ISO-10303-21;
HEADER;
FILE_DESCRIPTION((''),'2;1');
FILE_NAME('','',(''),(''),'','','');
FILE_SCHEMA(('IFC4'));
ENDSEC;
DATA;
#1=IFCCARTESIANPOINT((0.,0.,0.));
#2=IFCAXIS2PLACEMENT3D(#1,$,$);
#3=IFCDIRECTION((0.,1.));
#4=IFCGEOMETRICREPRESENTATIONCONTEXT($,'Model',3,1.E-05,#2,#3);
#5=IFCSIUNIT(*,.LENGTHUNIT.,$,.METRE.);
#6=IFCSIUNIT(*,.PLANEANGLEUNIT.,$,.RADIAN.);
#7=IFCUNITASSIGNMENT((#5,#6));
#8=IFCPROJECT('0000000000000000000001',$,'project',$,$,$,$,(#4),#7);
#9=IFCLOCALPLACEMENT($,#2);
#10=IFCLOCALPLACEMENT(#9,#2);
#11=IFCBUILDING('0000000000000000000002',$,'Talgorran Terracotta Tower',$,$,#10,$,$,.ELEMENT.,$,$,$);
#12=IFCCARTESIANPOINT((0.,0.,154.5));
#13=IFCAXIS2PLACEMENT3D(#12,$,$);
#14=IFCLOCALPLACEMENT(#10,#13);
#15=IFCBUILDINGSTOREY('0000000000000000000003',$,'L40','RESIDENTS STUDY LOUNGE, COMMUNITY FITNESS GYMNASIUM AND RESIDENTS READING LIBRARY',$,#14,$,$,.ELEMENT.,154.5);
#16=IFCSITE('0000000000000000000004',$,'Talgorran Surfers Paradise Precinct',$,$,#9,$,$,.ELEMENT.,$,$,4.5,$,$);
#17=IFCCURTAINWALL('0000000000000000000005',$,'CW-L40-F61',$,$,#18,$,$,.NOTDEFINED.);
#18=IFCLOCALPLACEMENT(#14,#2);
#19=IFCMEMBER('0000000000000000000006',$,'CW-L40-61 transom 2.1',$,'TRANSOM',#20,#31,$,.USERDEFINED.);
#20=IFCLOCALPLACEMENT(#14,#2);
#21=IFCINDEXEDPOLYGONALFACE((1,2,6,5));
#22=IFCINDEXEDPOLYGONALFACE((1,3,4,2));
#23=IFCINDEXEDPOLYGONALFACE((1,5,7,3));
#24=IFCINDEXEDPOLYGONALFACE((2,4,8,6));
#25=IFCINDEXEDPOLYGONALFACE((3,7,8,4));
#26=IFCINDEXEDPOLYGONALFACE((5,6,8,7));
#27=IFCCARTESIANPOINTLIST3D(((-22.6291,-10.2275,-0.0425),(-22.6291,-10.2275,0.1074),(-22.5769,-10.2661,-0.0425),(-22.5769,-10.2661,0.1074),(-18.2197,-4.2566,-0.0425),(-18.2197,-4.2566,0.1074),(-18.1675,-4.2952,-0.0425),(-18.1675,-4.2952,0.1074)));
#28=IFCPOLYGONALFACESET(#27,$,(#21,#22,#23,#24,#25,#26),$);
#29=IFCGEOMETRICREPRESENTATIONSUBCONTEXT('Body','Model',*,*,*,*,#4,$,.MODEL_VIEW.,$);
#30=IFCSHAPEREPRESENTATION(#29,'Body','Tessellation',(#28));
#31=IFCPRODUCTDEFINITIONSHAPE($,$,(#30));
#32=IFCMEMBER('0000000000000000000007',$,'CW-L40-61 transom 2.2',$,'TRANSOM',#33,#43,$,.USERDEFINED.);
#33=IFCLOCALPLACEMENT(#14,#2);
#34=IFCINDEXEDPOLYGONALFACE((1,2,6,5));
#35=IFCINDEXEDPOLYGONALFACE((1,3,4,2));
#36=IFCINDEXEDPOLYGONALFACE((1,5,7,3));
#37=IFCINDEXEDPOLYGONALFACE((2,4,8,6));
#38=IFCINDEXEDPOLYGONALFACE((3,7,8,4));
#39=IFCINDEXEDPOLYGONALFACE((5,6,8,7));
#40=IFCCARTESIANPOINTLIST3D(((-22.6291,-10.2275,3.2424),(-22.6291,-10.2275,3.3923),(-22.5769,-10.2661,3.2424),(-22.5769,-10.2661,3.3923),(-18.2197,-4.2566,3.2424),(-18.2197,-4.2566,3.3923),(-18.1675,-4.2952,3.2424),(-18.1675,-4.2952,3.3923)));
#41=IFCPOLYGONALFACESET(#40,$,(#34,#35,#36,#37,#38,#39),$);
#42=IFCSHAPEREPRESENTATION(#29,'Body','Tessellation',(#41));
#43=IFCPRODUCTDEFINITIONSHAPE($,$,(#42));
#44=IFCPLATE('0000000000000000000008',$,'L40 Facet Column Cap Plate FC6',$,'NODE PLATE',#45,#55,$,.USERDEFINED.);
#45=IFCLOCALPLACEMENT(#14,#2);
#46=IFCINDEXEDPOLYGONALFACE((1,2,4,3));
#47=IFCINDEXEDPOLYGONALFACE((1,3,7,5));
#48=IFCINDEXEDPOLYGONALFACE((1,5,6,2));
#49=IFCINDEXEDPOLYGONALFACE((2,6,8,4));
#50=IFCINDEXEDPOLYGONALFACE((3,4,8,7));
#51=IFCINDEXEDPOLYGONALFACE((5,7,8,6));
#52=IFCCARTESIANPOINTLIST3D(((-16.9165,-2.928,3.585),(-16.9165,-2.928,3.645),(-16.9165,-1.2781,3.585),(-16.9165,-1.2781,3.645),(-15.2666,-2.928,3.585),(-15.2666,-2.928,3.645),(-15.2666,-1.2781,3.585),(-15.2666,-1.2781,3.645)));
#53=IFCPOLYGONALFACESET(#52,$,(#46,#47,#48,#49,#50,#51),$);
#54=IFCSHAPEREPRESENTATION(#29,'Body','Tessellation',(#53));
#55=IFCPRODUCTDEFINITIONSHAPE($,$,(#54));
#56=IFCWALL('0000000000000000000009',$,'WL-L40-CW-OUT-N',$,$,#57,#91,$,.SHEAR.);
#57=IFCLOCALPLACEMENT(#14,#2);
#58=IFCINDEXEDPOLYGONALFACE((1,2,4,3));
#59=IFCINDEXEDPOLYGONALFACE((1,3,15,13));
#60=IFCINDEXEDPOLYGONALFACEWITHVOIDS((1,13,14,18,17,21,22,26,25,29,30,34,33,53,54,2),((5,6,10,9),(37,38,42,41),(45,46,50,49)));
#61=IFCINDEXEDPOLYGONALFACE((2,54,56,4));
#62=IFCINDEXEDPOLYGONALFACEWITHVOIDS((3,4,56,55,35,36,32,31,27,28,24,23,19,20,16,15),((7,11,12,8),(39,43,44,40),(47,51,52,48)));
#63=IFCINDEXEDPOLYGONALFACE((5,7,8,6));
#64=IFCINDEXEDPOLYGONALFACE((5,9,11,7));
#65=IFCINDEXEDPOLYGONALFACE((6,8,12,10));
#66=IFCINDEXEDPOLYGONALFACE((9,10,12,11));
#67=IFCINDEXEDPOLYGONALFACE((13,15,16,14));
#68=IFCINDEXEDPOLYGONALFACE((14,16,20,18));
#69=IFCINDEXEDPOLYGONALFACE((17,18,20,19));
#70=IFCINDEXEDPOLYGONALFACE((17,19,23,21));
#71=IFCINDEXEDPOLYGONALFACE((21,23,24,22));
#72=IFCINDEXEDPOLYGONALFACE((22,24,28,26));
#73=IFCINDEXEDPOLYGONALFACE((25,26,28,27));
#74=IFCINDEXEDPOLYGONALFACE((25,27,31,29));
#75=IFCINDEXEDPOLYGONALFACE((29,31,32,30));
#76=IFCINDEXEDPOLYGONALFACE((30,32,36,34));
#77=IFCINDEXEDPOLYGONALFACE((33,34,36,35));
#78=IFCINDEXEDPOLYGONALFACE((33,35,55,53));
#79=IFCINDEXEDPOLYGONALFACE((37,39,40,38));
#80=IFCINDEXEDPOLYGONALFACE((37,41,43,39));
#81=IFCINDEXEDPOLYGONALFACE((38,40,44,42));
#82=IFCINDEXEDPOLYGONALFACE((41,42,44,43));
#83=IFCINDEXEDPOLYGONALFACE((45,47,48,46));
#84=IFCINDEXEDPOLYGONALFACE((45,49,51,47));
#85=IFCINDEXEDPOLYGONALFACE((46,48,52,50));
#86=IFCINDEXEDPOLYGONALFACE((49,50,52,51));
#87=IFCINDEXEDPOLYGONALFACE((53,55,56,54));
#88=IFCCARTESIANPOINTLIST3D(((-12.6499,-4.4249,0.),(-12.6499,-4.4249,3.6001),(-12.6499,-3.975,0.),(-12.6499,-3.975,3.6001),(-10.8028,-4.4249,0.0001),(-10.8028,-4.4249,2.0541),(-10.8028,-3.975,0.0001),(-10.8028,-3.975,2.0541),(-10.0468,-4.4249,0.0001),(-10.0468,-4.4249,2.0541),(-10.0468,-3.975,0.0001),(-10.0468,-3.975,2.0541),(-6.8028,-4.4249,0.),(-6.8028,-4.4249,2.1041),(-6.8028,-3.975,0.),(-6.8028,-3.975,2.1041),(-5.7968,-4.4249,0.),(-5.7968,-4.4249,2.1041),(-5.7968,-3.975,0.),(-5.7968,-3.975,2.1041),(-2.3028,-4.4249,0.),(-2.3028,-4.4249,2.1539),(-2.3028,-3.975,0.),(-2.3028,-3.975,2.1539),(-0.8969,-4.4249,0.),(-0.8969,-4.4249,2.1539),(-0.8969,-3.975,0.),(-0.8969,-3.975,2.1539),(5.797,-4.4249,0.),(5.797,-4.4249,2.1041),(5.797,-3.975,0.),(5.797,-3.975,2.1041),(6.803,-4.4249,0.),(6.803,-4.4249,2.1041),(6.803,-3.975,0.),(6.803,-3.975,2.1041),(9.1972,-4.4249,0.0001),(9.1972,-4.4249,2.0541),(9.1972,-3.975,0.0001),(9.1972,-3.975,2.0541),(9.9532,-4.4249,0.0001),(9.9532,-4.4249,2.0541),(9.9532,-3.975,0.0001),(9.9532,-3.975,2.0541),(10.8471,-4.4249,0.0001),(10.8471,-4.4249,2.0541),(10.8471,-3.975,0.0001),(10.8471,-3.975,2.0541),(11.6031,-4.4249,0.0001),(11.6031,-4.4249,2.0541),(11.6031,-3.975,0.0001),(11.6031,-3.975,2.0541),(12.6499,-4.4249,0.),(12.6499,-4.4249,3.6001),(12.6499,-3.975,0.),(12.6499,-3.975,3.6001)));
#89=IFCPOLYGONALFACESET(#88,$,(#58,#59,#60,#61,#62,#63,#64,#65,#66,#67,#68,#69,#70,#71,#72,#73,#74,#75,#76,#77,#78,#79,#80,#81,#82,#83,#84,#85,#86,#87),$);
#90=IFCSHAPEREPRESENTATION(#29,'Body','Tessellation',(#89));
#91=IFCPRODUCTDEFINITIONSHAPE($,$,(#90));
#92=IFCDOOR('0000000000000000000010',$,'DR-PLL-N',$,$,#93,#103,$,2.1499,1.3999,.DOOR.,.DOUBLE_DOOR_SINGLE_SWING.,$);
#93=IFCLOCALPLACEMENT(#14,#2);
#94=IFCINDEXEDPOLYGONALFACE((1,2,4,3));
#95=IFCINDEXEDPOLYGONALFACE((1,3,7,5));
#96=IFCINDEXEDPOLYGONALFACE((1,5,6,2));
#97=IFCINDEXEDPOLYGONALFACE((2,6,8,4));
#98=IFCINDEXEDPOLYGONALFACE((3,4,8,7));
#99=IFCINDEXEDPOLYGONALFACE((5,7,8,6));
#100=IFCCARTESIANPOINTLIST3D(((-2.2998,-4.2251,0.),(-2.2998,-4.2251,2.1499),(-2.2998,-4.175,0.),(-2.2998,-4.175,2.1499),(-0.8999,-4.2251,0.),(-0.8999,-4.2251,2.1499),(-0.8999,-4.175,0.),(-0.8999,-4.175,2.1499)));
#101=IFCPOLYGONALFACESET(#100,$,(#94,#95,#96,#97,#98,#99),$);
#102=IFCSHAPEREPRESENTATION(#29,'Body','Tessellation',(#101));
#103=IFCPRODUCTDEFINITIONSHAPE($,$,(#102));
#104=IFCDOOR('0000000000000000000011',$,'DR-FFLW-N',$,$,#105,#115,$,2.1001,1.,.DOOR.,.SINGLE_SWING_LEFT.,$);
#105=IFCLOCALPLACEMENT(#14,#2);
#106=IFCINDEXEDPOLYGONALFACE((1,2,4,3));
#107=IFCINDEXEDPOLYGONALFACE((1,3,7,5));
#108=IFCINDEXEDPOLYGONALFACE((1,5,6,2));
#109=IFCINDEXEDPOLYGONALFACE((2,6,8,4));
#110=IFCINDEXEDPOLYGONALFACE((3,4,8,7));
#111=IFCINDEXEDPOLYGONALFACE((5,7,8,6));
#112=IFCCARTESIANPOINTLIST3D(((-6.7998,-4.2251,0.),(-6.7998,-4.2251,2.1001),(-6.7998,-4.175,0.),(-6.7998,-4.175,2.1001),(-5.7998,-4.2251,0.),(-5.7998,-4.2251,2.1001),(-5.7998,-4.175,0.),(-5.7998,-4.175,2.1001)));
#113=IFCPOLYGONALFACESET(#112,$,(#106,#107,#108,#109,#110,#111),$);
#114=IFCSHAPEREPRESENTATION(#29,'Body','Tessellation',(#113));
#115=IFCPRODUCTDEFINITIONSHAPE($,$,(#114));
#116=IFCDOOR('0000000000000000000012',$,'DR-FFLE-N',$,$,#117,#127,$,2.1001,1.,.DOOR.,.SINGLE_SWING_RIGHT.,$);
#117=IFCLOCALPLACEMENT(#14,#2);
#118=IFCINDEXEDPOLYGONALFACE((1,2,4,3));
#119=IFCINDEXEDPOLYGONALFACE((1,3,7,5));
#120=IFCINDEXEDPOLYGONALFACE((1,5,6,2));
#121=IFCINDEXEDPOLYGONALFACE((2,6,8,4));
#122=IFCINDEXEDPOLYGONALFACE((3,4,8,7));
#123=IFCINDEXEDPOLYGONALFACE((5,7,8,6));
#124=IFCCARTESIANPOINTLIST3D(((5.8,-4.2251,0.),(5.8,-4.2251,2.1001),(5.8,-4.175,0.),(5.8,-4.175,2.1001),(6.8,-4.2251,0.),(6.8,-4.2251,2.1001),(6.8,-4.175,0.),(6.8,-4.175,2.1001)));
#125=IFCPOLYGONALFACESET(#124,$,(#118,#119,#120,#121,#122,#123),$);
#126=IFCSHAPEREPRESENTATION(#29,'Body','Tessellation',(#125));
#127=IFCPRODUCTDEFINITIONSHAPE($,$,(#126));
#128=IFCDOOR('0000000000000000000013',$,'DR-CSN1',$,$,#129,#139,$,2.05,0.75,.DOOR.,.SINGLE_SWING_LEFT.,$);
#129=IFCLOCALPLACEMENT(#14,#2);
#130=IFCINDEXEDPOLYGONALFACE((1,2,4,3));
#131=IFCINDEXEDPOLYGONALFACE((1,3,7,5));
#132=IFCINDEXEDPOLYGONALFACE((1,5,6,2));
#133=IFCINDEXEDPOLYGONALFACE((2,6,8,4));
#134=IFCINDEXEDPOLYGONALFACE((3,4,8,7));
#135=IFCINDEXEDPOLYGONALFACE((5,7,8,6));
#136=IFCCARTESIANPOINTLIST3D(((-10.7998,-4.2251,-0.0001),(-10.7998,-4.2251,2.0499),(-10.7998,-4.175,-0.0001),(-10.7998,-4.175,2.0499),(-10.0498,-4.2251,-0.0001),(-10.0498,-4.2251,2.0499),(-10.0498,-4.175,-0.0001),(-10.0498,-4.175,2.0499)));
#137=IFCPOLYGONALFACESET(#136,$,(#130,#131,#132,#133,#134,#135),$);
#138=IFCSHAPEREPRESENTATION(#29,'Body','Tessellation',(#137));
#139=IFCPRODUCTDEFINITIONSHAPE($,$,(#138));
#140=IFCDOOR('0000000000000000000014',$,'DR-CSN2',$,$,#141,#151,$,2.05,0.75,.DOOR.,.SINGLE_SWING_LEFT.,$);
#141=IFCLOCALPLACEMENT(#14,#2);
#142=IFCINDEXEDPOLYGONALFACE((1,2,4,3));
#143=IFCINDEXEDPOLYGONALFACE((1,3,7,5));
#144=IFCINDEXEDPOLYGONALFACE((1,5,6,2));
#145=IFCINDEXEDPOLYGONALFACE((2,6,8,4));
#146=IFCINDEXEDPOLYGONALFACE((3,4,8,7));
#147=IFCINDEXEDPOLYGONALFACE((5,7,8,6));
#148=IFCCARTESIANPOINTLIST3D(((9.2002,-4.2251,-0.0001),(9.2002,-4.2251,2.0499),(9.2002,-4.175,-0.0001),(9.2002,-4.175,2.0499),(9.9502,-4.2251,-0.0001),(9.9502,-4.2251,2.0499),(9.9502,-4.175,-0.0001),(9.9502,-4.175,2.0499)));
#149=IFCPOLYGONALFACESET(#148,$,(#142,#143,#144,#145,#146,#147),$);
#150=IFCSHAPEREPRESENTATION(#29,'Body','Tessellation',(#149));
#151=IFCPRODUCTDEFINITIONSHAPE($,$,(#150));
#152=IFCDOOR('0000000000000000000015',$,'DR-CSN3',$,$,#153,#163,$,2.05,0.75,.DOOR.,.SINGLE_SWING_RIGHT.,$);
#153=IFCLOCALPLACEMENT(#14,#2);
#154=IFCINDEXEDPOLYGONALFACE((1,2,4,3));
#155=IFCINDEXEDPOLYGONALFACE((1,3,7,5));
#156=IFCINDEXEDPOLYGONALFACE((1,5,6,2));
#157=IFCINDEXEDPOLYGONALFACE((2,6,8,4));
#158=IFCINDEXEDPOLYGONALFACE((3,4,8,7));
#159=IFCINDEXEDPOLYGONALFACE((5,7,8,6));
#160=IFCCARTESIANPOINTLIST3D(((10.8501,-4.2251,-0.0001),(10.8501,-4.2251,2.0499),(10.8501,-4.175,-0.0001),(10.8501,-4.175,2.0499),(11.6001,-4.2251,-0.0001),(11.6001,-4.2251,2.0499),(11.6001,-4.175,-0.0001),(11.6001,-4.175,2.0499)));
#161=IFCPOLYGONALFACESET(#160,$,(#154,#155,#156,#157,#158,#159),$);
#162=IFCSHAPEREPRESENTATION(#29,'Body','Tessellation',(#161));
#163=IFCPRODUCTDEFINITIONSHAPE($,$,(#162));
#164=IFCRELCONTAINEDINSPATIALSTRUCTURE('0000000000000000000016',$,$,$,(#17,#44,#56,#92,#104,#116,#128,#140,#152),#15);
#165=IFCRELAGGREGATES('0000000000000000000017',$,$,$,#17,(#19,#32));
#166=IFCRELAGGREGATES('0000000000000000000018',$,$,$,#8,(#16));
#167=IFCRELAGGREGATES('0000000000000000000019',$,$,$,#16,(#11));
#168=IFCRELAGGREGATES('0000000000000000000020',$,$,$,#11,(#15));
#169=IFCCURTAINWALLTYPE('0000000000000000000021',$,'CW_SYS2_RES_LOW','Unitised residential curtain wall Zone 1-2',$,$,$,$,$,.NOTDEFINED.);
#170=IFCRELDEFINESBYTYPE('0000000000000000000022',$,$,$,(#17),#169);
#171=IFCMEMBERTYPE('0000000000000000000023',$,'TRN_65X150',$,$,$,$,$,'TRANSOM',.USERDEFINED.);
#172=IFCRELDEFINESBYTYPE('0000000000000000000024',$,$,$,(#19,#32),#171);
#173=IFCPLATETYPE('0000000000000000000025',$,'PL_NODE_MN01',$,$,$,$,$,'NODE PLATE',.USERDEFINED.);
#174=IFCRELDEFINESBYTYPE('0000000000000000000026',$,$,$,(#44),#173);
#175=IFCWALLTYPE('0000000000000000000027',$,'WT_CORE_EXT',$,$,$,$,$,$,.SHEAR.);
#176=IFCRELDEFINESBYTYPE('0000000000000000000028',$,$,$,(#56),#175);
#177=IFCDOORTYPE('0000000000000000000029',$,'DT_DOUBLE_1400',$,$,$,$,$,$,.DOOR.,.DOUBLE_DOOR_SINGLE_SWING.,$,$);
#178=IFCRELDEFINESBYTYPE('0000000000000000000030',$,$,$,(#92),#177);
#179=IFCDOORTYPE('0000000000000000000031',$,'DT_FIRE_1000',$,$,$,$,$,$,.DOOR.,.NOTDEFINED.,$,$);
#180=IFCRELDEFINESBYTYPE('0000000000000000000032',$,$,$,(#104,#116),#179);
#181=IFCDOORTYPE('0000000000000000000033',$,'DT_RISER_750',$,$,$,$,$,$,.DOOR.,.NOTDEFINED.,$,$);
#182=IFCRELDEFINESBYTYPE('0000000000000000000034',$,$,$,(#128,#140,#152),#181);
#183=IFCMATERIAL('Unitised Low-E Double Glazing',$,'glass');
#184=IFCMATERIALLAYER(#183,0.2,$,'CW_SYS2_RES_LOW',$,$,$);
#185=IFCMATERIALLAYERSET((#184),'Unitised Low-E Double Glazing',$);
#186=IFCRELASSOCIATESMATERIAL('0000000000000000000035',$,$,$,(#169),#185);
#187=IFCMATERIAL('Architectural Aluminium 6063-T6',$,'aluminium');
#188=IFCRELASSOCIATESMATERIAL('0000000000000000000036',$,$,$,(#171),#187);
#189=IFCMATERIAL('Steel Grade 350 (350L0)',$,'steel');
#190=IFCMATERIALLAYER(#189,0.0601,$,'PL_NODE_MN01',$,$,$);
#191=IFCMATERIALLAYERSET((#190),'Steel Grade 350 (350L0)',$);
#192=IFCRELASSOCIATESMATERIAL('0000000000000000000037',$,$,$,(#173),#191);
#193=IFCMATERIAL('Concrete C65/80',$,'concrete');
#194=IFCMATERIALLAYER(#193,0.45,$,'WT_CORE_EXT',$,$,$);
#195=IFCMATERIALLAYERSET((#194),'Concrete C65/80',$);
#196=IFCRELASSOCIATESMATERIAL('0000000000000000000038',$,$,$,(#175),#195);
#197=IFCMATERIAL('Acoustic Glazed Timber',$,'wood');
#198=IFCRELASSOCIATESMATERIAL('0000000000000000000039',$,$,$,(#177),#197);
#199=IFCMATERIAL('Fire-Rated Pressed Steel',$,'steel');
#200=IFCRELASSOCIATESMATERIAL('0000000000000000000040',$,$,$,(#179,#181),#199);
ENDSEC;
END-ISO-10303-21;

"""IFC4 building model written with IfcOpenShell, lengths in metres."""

from ifc_helpers import new_model, si_unit, direction, frame, frame_2d, origin, origin_2d, place, context, subcontext, project, spatial, rectangle, extrude, material, layer, layer_set, material_profile, profile_set, type_object, element, fill, aggregate, save


model = new_model("IFC4")

# Units and contexts
model_context = context("Model", 3, precision=1e-05, world=origin(), true_north=direction((0.0, 1.0)))
body_context = subcontext(model_context, "Body", "Model", "MODEL_VIEW")
ifc_project = project(units=[si_unit("LENGTHUNIT", "METRE"), si_unit("PLANEANGLEUNIT", "RADIAN")], contexts=[model_context])

# Site, building, storey
site_placement = place(None, origin())
site = spatial("IfcSite", under=ifc_project, at=site_placement, Name="Talgorran Surfers Paradise Precinct", CompositionType="ELEMENT", RefElevation=4.5)
building_placement = place(site_placement, origin())
building = spatial("IfcBuilding", under=site, at=building_placement, Name="Talgorran Terracotta Tower", CompositionType="ELEMENT")
storey_placement = place(building_placement, frame((0.0, 0.0, 154.5)))
storey = spatial("IfcBuildingStorey", under=building, at=storey_placement, Name="L40", Description="RESIDENTS STUDY LOUNGE, COMMUNITY FITNESS GYMNASIUM AND RESIDENTS READING LIBRARY", CompositionType="ELEMENT", Elevation=154.5)

# Shared definitions
ifc_material_1 = material(Name="Steel Grade 350 (350L0)", Category="steel")

# Curtain wall, members
ifc_material_2 = material(Name="Unitised Low-E Double Glazing", Category="glass")
ifc_layer_1 = layer(ifc_material_2, 0.2, Name="CW_SYS2_RES_LOW")
ifc_layer_set_1 = layer_set([ifc_layer_1], Name="Unitised Low-E Double Glazing")
curtain_wall_type = type_object("IfcCurtainWallType", Name="CW_SYS2_RES_LOW", Description="Unitised residential curtain wall Zone 1-2", PredefinedType="NOTDEFINED", material=ifc_layer_set_1)
curtain_wall_placement = place(storey_placement, origin())
curtain_wall = element("IfcCurtainWall", 1, at=curtain_wall_placement, inside=storey, type_object=curtain_wall_type, Name="CW-L40-F61", PredefinedType="NOTDEFINED")
ifc_material_3 = material(Name="Architectural Aluminium 6063-T6", Category="aluminium")
ifc_material_profile_1 = material_profile(ifc_material_3, rectangle(XDim=0.0649, YDim=0.1499, at=origin_2d()), Name="CWT65X150")
ifc_profile_set_1 = profile_set([ifc_material_profile_1], Name="Architectural Aluminium 6063-T6")
member_type_1 = type_object("IfcMemberType", Name="TRN_65X150", ElementType="TRANSOM", PredefinedType="USERDEFINED", material=ifc_profile_set_1)
member_1_placement = place(storey_placement, frame((-18.1936, -4.2759, 0.0325), z_axis=(-0.594053, -0.804426, 0.0), x_axis=(0.804426, -0.594053, 0.0)))
member_1 = element("IfcMember", 2, at=member_1_placement, type_object=member_type_1, Name="CW-L40-61 transom 2.1", ObjectType="TRANSOM", PredefinedType="USERDEFINED", context=body_context, shape_type="SweptSolid", body=[
    extrude(rectangle(XDim=0.0649, YDim=0.1499, at=origin_2d()), origin(), (0.0, 0.0, 1.0), 7.4226),
])
member_2_placement = place(storey_placement, frame((-18.1936, -4.2759, 3.3174), z_axis=(-0.594053, -0.804426, 0.0), x_axis=(0.804426, -0.594053, 0.0)))
member_2 = element("IfcMember", 3, at=member_2_placement, type_object=member_type_1, Name="CW-L40-61 transom 2.2", ObjectType="TRANSOM", PredefinedType="USERDEFINED", context=body_context, shape_type="SweptSolid", body=[
    extrude(rectangle(XDim=0.0649, YDim=0.1499, at=origin_2d()), origin(), (0.0, 0.0, 1.0), 7.4226),
])
aggregate(curtain_wall, [member_1, member_2])

# Plate
ifc_layer_2 = layer(ifc_material_1, 0.0601, Name="PL_NODE_MN01")
ifc_layer_set_2 = layer_set([ifc_layer_2], Name="Steel Grade 350 (350L0)")
plate_type = type_object("IfcPlateType", Name="PL_NODE_MN01", ElementType="NODE PLATE", PredefinedType="USERDEFINED", material=ifc_layer_set_2)
plate_placement = place(storey_placement, frame((-16.0916, -2.103, 3.585), z_axis=(0.0, 0.0, 1.0), x_axis=(1.0, 0.0, 0.0)))
element("IfcPlate", 4, at=plate_placement, inside=storey, type_object=plate_type, Name="L40 Facet Column Cap Plate FC6", ObjectType="NODE PLATE", PredefinedType="USERDEFINED", context=body_context, shape_type="SweptSolid", body=[
    extrude(rectangle(XDim=1.6499, YDim=1.6499, at=origin_2d()), origin(), (0.0, 0.0, 1.0), 0.0601),
])

# Wall, openings, doors
ifc_material_4 = material(Name="Concrete C65/80", Category="concrete")
ifc_layer_3 = layer(ifc_material_4, 0.45, Name="WT_CORE_EXT")
ifc_layer_set_3 = layer_set([ifc_layer_3], Name="Concrete C65/80")
wall_type_1 = type_object("IfcWallType", Name="WT_CORE_EXT", PredefinedType="SHEAR", material=ifc_layer_set_3)
wall_1_placement = place(storey_placement, frame((-12.6499, -4.2, 0.0), z_axis=(0.0, 0.0, 1.0), x_axis=(1.0, 0.0, 0.0)))
wall_1 = element("IfcWall", 5, at=wall_1_placement, inside=storey, type_object=wall_type_1, Name="WL-L40-CW-OUT-N", PredefinedType="SHEAR", context=body_context, shape_type="SweptSolid", body=[
    extrude(rectangle(XDim=25.2998, YDim=0.45, at=frame_2d((12.6499, 0.0))), origin(), (0.0, 0.0, 1.0), 3.6001),
])
opening_1_placement = place(wall_1_placement, frame((1.8501, 0.0, 0.0)))
opening_1 = element("IfcOpeningElement", 6, at=opening_1_placement, cuts=wall_1, PredefinedType="OPENING", context=body_context, shape_type="SweptSolid", body=[
    extrude(rectangle(XDim=0.756, YDim=2.054, at=frame_2d((0.375, 1.0271))), frame((0.0, 0.2349, 0.0), z_axis=(0.0, -1.0, 0.0), x_axis=(1.0, 0.0, 0.0)), (0.0, 0.0, 1.0), 0.47),
])
opening_2_placement = place(wall_1_placement, frame((21.8501, 0.0, 0.0)))
opening_2 = element("IfcOpeningElement", 7, at=opening_2_placement, cuts=wall_1, PredefinedType="OPENING", context=body_context, shape_type="SweptSolid", body=[
    extrude(rectangle(XDim=0.756, YDim=2.054, at=frame_2d((0.375, 1.0271))), frame((0.0, 0.2349, 0.0), z_axis=(0.0, -1.0, 0.0), x_axis=(1.0, 0.0, 0.0)), (0.0, 0.0, 1.0), 0.47),
])
opening_3_placement = place(wall_1_placement, frame((23.5, 0.0, 0.0)))
opening_3 = element("IfcOpeningElement", 8, at=opening_3_placement, cuts=wall_1, PredefinedType="OPENING", context=body_context, shape_type="SweptSolid", body=[
    extrude(rectangle(XDim=0.756, YDim=2.054, at=frame_2d((0.375, 1.0271))), frame((0.0, 0.2349, 0.0), z_axis=(0.0, -1.0, 0.0), x_axis=(1.0, 0.0, 0.0)), (0.0, 0.0, 1.0), 0.47),
])
opening_4_placement = place(wall_1_placement, frame((5.8501, 0.0, 0.0)))
opening_4 = element("IfcOpeningElement", 9, at=opening_4_placement, cuts=wall_1, PredefinedType="OPENING", context=body_context, shape_type="SweptSolid", body=[
    extrude(rectangle(XDim=1.006, YDim=2.1041, at=frame_2d((0.5, 1.052))), frame((0.0, 0.2349, 0.0), z_axis=(0.0, -1.0, 0.0), x_axis=(1.0, 0.0, 0.0)), (0.0, 0.0, 1.0), 0.47),
])
opening_5_placement = place(wall_1_placement, frame((10.3501, 0.0, 0.0)))
opening_5 = element("IfcOpeningElement", 10, at=opening_5_placement, cuts=wall_1, PredefinedType="OPENING", context=body_context, shape_type="SweptSolid", body=[
    extrude(rectangle(XDim=1.4059, YDim=2.1539, at=frame_2d((0.7, 1.0769))), frame((0.0, 0.2349, 0.0), z_axis=(0.0, -1.0, 0.0), x_axis=(1.0, 0.0, 0.0)), (0.0, 0.0, 1.0), 0.47),
])
opening_6_placement = place(wall_1_placement, frame((18.45, 0.0, 0.0)))
opening_6 = element("IfcOpeningElement", 11, at=opening_6_placement, cuts=wall_1, PredefinedType="OPENING", context=body_context, shape_type="SweptSolid", body=[
    extrude(rectangle(XDim=1.006, YDim=2.1041, at=frame_2d((0.5, 1.052))), frame((0.0, 0.2349, 0.0), z_axis=(0.0, -1.0, 0.0), x_axis=(1.0, 0.0, 0.0)), (0.0, 0.0, 1.0), 0.47),
])
ifc_material_5 = material(Name="Acoustic Glazed Timber", Category="wood")
door_type_1 = type_object("IfcDoorType", Name="DT_DOUBLE_1400", OperationType="DOUBLE_DOOR_SINGLE_SWING", PredefinedType="DOOR", material=ifc_material_5)
door_1_placement = place(opening_5_placement, origin())
door_1 = element("IfcDoor", 12, at=door_1_placement, inside=storey, type_object=door_type_1, Name="DR-PLL-N", OperationType="DOUBLE_DOOR_SINGLE_SWING", OverallHeight=2.1499, OverallWidth=1.3999, PredefinedType="DOOR", context=body_context, shape_type="SweptSolid", body=[
    extrude(rectangle(XDim=1.3999, YDim=2.1499, at=frame_2d((0.7, 1.075))), frame((0.0, 0.0249, 0.0), z_axis=(0.0, -1.0, 0.0), x_axis=(1.0, 0.0, 0.0)), (0.0, 0.0, 1.0), 0.05),
])
fill(opening_5, door_1)
ifc_material_6 = material(Name="Fire-Rated Pressed Steel", Category="steel")
door_type_2 = type_object("IfcDoorType", Name="DT_FIRE_1000", OperationType="NOTDEFINED", PredefinedType="DOOR", material=ifc_material_6)
door_2_placement = place(opening_4_placement, origin())
door_2 = element("IfcDoor", 13, at=door_2_placement, inside=storey, type_object=door_type_2, Name="DR-FFLW-N", OperationType="SINGLE_SWING_LEFT", OverallHeight=2.1001, OverallWidth=1.0, PredefinedType="DOOR", context=body_context, shape_type="SweptSolid", body=[
    extrude(rectangle(XDim=1.0, YDim=2.1001, at=frame_2d((0.5, 1.05))), frame((0.0, 0.0249, 0.0), z_axis=(0.0, -1.0, 0.0), x_axis=(1.0, 0.0, 0.0)), (0.0, 0.0, 1.0), 0.05),
])
fill(opening_4, door_2)
door_3_placement = place(opening_6_placement, origin())
door_3 = element("IfcDoor", 14, at=door_3_placement, inside=storey, type_object=door_type_2, Name="DR-FFLE-N", OperationType="SINGLE_SWING_RIGHT", OverallHeight=2.1001, OverallWidth=1.0, PredefinedType="DOOR", context=body_context, shape_type="SweptSolid", body=[
    extrude(rectangle(XDim=1.0, YDim=2.1001, at=frame_2d((0.5, 1.05))), frame((0.0, 0.0249, 0.0), z_axis=(0.0, -1.0, 0.0), x_axis=(1.0, 0.0, 0.0)), (0.0, 0.0, 1.0), 0.05),
])
fill(opening_6, door_3)
door_type_3 = type_object("IfcDoorType", Name="DT_RISER_750", OperationType="NOTDEFINED", PredefinedType="DOOR", material=ifc_material_6)
door_4_placement = place(opening_1_placement, origin())
door_4 = element("IfcDoor", 15, at=door_4_placement, inside=storey, type_object=door_type_3, Name="DR-CSN1", OperationType="SINGLE_SWING_LEFT", OverallHeight=2.05, OverallWidth=0.75, PredefinedType="DOOR", context=body_context, shape_type="SweptSolid", body=[
    extrude(rectangle(XDim=0.75, YDim=2.05, at=frame_2d((0.375, 1.0249))), frame((0.0, 0.0249, 0.0), z_axis=(0.0, -1.0, 0.0), x_axis=(1.0, 0.0, 0.0)), (0.0, 0.0, 1.0), 0.05),
])
fill(opening_1, door_4)
door_5_placement = place(opening_2_placement, origin())
door_5 = element("IfcDoor", 16, at=door_5_placement, inside=storey, type_object=door_type_3, Name="DR-CSN2", OperationType="SINGLE_SWING_LEFT", OverallHeight=2.05, OverallWidth=0.75, PredefinedType="DOOR", context=body_context, shape_type="SweptSolid", body=[
    extrude(rectangle(XDim=0.75, YDim=2.05, at=frame_2d((0.375, 1.0249))), frame((0.0, 0.0249, 0.0), z_axis=(0.0, -1.0, 0.0), x_axis=(1.0, 0.0, 0.0)), (0.0, 0.0, 1.0), 0.05),
])
fill(opening_2, door_5)
door_6_placement = place(opening_3_placement, origin())
door_6 = element("IfcDoor", 17, at=door_6_placement, inside=storey, type_object=door_type_3, Name="DR-CSN3", OperationType="SINGLE_SWING_RIGHT", OverallHeight=2.05, OverallWidth=0.75, PredefinedType="DOOR", context=body_context, shape_type="SweptSolid", body=[
    extrude(rectangle(XDim=0.75, YDim=2.05, at=frame_2d((0.375, 1.0249))), frame((0.0, 0.0249, 0.0), z_axis=(0.0, -1.0, 0.0), x_axis=(1.0, 0.0, 0.0)), (0.0, 0.0, 1.0), 0.05),
])
fill(opening_3, door_6)

save(model, "model.ifc")
